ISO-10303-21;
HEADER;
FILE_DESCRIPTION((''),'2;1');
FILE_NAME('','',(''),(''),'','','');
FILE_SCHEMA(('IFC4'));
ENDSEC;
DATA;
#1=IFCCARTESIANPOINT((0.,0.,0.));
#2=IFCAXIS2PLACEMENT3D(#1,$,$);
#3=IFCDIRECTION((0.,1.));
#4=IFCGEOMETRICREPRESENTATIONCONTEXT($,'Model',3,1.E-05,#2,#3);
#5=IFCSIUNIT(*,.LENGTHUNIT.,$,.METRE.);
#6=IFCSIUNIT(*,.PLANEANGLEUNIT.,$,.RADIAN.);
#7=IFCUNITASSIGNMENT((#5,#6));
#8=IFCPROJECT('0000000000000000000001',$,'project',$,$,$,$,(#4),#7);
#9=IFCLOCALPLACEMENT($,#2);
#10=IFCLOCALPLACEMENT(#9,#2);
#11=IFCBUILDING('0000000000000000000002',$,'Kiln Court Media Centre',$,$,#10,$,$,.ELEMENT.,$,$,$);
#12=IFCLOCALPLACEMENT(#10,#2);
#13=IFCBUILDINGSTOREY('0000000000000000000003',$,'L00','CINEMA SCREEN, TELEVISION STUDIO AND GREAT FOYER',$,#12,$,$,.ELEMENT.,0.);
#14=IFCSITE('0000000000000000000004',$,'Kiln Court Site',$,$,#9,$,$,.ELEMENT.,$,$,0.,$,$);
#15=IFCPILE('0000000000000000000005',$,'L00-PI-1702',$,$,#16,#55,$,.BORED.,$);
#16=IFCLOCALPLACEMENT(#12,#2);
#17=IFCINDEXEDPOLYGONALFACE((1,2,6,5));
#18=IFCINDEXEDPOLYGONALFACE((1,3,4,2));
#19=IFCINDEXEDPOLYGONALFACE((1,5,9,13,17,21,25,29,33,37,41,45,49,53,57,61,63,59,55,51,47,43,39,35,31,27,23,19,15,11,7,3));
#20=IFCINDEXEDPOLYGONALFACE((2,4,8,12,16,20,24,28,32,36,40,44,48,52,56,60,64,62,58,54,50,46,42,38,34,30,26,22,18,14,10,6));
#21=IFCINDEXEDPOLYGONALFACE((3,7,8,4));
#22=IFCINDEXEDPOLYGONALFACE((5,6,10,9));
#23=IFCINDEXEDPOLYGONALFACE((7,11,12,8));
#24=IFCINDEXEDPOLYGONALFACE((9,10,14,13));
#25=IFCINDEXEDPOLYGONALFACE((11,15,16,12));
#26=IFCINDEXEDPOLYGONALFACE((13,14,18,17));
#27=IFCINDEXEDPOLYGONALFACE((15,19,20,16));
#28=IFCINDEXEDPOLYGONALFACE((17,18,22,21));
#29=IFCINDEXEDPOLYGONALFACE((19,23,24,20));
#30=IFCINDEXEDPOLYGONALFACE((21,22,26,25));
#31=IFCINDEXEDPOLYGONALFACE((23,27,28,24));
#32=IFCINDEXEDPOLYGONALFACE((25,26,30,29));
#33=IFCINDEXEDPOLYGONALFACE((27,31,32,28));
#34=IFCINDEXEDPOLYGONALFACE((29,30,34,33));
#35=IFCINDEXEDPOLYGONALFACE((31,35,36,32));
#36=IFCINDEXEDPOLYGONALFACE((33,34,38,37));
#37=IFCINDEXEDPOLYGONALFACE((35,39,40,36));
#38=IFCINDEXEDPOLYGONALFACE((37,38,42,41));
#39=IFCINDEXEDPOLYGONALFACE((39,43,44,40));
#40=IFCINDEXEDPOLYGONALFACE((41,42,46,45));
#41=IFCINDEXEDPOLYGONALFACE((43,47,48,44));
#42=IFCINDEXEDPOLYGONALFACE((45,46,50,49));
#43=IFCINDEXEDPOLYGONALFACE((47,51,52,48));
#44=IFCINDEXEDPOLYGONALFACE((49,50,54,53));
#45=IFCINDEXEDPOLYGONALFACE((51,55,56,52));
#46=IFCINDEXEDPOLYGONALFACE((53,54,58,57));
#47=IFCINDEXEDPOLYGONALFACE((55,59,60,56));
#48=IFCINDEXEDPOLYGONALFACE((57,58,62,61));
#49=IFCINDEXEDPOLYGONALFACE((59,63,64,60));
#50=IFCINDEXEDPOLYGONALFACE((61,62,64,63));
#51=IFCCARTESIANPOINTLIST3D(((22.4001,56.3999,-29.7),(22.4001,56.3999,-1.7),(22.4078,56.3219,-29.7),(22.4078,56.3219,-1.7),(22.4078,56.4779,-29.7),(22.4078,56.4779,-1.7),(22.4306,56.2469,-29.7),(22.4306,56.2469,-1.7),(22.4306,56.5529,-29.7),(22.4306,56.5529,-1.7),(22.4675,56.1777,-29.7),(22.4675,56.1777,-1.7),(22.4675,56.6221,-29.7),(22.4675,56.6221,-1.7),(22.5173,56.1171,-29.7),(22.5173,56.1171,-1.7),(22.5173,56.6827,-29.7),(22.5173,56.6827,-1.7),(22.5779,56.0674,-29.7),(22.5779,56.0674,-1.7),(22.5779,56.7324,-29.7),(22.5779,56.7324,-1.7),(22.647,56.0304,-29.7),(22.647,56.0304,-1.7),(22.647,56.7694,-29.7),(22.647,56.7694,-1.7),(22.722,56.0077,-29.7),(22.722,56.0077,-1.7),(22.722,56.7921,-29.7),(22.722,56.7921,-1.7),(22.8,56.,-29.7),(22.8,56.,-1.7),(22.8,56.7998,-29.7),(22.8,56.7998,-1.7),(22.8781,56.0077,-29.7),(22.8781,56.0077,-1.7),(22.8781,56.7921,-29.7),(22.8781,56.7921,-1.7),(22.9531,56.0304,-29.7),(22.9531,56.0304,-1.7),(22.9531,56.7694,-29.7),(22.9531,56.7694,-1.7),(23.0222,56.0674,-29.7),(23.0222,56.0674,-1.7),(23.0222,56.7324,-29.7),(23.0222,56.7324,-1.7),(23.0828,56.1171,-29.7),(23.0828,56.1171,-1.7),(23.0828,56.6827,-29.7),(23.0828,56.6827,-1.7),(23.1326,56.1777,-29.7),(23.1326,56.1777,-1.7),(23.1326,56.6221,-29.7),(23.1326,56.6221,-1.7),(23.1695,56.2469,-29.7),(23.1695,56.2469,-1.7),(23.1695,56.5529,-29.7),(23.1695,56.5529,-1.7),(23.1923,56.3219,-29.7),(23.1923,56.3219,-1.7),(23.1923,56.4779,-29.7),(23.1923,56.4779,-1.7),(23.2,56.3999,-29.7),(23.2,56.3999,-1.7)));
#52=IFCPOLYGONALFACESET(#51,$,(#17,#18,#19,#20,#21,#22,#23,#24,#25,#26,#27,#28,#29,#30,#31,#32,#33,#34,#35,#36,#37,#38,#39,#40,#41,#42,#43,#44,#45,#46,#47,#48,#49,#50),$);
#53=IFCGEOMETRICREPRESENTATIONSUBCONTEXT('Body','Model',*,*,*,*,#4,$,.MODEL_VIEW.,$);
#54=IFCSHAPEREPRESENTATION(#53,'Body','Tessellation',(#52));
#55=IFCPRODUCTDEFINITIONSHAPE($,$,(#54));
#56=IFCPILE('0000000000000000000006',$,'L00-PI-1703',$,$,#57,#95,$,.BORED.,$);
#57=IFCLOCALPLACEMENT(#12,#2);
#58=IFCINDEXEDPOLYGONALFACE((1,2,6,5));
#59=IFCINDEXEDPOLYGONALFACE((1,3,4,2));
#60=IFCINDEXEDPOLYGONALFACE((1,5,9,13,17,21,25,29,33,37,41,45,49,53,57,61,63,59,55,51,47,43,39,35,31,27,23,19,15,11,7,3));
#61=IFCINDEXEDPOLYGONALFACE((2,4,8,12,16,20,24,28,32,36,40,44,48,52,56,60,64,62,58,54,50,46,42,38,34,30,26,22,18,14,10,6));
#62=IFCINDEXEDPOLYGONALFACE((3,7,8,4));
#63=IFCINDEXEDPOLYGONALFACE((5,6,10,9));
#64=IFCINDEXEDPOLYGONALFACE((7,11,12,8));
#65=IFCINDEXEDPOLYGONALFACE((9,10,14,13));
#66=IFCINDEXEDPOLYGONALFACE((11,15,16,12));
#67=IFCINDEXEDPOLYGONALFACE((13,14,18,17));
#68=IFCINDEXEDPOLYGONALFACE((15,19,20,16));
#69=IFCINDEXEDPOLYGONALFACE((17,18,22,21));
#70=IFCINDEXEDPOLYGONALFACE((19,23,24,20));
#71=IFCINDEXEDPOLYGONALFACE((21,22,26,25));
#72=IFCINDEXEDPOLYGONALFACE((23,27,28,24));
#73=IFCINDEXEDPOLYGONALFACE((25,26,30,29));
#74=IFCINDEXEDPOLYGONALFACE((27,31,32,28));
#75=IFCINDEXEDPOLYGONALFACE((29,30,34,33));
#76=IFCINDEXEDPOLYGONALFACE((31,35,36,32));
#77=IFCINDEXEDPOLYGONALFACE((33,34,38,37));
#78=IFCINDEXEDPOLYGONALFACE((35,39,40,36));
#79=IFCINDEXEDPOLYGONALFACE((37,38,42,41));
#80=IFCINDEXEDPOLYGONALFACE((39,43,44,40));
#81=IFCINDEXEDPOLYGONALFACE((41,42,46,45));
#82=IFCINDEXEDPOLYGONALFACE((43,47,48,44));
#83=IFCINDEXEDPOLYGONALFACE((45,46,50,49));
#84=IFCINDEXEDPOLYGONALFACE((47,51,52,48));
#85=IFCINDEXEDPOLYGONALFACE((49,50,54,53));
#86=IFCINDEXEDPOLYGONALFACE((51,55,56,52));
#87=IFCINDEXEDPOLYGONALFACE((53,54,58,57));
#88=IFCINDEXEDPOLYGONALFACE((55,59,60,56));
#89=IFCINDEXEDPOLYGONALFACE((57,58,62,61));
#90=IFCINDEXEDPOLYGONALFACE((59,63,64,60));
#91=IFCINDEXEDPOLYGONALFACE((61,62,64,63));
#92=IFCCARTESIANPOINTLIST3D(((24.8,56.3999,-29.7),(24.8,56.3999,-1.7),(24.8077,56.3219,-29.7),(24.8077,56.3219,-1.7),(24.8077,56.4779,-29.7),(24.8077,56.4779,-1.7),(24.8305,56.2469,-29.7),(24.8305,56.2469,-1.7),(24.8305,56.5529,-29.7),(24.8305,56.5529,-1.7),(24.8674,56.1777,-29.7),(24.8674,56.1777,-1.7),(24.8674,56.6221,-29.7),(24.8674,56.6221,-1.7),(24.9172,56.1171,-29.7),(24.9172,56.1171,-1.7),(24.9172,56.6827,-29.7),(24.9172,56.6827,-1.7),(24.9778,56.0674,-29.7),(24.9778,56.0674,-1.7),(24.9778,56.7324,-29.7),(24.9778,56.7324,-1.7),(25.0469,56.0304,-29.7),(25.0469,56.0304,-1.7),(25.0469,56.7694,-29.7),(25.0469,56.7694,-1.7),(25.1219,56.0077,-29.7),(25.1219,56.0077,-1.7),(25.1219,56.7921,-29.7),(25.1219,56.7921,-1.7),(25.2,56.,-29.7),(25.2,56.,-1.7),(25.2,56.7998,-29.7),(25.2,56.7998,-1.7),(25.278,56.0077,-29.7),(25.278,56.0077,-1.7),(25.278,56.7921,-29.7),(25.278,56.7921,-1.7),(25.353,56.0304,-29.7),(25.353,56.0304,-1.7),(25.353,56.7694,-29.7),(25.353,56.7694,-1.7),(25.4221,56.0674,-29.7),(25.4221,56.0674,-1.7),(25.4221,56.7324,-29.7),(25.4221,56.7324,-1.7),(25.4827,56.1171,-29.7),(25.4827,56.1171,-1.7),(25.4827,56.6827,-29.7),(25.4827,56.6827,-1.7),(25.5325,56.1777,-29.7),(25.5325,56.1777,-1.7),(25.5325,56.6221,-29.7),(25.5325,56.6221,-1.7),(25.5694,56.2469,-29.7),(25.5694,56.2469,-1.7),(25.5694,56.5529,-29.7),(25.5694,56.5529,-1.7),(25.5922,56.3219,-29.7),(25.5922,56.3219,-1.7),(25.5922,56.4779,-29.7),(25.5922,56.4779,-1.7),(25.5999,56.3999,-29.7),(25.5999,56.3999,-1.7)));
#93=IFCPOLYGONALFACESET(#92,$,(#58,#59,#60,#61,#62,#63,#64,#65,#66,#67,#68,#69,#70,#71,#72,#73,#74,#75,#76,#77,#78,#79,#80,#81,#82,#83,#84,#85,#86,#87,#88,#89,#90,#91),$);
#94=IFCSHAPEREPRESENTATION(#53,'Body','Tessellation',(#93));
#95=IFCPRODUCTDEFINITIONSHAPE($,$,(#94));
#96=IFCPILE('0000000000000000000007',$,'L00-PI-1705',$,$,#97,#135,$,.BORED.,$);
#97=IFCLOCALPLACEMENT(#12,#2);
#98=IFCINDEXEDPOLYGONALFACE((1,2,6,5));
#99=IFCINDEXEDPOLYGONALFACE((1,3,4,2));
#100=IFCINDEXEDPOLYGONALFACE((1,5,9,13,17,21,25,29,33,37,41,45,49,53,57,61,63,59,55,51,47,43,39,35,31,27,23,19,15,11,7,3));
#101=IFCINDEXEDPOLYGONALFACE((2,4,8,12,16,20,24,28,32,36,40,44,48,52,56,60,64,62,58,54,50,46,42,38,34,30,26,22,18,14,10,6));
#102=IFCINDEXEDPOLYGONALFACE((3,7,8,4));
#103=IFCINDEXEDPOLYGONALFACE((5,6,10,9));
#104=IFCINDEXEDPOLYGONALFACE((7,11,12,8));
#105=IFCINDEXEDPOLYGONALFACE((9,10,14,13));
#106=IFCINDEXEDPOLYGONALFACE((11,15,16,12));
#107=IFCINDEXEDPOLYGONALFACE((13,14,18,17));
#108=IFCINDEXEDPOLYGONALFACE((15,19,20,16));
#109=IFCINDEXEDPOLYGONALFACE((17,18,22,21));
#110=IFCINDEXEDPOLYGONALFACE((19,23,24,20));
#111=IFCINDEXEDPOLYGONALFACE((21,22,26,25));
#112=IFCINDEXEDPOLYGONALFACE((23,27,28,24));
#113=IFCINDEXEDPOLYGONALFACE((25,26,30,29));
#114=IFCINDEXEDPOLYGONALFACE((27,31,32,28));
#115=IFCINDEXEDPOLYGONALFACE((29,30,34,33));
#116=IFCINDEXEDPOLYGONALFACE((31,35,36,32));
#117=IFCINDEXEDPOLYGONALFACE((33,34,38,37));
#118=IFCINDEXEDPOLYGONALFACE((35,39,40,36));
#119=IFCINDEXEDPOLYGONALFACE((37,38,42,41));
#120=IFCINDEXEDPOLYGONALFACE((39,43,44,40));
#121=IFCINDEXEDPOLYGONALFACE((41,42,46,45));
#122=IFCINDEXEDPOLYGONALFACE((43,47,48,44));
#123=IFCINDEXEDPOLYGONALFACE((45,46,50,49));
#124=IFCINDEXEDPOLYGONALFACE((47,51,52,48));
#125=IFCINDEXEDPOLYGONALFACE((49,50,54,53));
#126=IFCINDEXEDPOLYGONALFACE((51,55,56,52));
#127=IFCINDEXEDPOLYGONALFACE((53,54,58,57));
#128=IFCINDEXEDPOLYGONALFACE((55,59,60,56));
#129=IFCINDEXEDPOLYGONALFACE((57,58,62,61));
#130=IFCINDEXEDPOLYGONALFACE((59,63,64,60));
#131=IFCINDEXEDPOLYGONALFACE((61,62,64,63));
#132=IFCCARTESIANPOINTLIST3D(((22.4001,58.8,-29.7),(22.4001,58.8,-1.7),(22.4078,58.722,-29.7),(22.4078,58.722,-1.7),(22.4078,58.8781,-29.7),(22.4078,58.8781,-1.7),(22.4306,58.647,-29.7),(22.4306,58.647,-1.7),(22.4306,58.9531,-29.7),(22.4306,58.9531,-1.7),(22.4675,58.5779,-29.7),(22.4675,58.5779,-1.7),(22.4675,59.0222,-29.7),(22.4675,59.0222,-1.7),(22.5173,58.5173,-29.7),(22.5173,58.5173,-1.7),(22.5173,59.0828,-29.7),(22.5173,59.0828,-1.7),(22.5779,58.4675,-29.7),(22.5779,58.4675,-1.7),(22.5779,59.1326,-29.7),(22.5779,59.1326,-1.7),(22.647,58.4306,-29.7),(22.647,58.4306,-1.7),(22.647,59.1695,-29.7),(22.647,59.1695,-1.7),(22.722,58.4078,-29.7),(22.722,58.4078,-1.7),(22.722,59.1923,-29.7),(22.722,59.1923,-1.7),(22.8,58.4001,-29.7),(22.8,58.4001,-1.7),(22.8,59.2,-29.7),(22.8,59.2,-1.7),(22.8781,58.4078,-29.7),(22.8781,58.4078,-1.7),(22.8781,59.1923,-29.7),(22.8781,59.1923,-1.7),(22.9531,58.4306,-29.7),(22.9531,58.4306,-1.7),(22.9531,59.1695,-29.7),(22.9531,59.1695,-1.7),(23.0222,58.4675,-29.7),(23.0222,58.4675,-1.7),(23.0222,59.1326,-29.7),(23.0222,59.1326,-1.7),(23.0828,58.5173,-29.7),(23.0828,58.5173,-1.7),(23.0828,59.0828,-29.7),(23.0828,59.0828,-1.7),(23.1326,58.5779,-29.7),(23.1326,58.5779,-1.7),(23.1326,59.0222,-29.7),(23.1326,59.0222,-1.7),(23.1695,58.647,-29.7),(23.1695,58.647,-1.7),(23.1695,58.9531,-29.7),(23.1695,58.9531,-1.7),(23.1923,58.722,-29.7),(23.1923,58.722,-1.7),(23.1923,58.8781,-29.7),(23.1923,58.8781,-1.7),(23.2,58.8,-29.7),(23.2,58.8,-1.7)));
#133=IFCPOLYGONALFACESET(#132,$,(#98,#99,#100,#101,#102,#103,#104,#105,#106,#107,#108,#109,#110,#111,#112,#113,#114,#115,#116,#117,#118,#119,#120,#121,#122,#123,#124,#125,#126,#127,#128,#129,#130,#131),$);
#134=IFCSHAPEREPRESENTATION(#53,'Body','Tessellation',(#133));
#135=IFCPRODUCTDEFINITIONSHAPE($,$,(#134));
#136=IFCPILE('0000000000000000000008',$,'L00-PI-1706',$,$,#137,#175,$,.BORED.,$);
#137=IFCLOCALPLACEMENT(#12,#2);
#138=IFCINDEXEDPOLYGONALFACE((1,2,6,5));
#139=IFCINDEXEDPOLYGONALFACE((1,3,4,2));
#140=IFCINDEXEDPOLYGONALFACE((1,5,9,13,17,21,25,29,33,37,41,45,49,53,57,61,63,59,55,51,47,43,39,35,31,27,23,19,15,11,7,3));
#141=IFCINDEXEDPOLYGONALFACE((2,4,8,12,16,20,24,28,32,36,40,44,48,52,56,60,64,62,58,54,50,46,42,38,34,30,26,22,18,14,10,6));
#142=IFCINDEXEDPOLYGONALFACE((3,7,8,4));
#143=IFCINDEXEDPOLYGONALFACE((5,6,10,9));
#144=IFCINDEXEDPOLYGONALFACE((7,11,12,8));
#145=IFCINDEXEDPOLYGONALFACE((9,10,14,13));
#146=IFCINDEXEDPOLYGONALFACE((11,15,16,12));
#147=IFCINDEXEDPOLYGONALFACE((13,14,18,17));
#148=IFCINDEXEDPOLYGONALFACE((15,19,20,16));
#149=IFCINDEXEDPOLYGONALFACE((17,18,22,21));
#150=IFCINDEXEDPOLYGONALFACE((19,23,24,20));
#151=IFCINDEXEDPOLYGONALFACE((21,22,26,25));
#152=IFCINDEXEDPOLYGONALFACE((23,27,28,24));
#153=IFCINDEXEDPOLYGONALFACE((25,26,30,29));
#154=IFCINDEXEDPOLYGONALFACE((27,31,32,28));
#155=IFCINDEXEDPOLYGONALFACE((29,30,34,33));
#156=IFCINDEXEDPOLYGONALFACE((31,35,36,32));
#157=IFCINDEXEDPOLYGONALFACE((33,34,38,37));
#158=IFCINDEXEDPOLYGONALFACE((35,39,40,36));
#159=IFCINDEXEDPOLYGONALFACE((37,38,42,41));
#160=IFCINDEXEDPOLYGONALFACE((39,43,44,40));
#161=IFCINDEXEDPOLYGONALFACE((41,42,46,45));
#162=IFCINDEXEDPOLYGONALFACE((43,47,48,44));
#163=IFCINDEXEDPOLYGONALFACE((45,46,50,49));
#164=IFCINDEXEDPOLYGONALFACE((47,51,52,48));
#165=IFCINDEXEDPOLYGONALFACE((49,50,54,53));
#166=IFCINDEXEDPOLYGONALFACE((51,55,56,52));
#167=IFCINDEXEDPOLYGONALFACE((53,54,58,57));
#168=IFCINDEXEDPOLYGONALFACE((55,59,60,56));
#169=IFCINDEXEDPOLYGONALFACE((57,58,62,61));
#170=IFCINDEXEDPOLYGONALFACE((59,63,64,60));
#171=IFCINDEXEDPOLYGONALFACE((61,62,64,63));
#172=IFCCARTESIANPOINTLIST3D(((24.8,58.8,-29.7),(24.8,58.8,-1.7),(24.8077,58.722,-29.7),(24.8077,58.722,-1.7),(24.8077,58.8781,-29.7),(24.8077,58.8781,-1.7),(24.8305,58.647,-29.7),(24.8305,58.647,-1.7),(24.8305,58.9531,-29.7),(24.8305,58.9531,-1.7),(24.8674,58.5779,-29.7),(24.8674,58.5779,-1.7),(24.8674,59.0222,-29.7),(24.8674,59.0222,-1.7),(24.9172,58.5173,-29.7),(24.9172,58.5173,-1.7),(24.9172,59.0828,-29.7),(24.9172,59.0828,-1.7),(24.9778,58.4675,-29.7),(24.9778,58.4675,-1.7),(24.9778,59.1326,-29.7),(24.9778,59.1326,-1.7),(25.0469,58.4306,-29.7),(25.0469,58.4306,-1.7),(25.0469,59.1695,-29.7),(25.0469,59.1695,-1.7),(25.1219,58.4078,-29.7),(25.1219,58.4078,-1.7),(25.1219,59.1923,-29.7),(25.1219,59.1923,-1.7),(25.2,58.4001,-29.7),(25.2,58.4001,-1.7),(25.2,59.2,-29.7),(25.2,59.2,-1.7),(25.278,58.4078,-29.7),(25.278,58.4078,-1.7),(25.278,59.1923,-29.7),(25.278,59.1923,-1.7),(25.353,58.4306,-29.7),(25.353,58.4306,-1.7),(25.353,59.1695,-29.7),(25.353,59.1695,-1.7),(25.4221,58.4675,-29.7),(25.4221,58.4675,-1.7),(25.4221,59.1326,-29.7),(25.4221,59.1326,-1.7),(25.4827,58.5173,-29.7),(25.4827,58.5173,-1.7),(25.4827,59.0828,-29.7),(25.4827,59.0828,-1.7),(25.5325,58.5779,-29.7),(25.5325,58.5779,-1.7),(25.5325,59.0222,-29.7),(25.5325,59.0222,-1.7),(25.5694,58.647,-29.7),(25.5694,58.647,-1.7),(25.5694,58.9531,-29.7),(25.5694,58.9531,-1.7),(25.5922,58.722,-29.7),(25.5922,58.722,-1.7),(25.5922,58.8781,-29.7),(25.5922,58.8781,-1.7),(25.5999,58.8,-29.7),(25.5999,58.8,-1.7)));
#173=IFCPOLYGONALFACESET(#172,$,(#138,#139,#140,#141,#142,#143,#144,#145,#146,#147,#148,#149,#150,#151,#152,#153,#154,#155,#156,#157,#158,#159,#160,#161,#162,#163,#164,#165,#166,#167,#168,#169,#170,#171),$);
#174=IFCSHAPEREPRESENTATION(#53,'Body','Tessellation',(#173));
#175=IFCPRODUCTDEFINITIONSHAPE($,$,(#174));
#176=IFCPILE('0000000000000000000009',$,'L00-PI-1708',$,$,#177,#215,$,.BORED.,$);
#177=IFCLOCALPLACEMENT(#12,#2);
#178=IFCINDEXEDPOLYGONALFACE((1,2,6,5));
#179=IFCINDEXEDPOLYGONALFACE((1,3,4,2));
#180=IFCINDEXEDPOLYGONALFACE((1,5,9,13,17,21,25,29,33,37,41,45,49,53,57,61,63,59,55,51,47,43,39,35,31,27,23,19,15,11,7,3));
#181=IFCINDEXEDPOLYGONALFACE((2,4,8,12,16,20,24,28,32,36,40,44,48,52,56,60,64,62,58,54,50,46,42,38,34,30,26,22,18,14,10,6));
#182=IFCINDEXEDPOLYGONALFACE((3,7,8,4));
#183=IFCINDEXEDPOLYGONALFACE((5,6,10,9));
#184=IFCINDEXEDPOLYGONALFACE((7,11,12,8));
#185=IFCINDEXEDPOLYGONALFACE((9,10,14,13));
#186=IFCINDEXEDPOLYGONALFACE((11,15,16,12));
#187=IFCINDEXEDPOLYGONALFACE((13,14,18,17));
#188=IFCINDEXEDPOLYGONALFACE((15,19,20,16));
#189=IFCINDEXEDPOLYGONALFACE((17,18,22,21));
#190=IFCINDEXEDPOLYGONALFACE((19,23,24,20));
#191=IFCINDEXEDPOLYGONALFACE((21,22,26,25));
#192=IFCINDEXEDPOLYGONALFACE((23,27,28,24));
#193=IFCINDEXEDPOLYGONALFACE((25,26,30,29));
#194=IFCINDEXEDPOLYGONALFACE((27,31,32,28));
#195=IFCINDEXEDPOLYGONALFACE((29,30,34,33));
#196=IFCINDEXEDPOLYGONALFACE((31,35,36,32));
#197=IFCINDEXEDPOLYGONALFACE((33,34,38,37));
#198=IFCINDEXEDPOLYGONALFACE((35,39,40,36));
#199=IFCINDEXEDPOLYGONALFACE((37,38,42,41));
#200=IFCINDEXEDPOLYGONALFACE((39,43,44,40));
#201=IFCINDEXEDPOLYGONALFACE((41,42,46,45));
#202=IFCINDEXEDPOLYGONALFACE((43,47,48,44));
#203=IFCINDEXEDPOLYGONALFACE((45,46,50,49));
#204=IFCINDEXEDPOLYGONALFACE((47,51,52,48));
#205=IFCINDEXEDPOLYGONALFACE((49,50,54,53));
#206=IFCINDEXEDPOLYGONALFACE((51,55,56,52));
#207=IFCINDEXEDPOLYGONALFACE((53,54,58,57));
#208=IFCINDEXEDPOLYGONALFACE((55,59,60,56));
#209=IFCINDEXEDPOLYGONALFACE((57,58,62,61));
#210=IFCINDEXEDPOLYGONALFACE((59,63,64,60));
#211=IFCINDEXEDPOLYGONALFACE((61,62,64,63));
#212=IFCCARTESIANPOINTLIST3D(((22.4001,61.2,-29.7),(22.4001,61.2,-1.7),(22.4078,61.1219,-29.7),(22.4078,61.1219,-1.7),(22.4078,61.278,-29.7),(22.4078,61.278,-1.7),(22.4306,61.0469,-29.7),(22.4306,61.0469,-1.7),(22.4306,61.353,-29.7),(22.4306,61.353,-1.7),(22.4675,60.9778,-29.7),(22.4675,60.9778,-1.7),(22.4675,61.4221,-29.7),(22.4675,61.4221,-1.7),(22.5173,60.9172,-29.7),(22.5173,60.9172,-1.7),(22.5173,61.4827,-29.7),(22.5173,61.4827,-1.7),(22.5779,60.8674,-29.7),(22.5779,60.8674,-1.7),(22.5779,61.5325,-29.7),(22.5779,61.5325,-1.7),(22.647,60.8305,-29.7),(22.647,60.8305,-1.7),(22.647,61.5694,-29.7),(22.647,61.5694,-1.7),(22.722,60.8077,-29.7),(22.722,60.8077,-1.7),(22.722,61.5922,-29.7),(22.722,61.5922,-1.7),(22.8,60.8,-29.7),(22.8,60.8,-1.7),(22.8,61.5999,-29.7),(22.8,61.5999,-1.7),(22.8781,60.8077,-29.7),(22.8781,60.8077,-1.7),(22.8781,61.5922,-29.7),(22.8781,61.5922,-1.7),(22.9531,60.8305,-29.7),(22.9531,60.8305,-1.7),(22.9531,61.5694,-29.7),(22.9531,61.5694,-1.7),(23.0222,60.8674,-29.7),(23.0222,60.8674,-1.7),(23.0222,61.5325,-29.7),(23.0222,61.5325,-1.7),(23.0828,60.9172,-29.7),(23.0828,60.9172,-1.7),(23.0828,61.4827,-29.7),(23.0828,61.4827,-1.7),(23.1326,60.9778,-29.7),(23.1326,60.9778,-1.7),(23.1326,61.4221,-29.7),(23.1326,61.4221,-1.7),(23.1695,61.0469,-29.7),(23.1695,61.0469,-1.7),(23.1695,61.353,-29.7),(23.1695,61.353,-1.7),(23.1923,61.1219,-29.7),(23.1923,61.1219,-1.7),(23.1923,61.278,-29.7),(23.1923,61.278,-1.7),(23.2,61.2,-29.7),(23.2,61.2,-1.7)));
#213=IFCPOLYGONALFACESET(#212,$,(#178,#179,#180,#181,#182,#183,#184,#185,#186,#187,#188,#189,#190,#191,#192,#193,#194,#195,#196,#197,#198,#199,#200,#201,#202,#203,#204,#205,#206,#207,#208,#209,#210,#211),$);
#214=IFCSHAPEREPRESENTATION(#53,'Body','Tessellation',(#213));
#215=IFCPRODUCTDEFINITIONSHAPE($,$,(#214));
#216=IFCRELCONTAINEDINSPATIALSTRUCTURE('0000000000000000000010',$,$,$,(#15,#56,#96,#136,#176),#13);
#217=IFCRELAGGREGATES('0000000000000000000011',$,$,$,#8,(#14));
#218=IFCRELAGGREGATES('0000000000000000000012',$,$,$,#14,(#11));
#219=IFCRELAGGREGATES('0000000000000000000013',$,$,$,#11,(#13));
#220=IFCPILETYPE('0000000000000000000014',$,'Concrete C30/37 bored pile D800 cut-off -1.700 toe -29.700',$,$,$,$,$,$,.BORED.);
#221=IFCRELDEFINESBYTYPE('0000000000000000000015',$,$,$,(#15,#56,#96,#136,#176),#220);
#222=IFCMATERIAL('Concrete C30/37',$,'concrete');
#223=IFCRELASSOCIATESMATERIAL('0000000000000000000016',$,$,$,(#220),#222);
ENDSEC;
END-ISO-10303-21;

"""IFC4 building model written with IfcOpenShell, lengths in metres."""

from ifc_helpers import new_model, si_unit, direction, frame, origin, origin_2d, place, context, subcontext, project, spatial, circle, extrude, material, material_profile, profile_set, type_object, element, save


model = new_model("IFC4")

# Units and contexts
model_context = context("Model", 3, precision=1e-05, world=origin(), true_north=direction((0.0, 1.0)))
body_context = subcontext(model_context, "Body", "Model", "MODEL_VIEW")
ifc_project = project(units=[si_unit("LENGTHUNIT", "METRE"), si_unit("PLANEANGLEUNIT", "RADIAN")], contexts=[model_context])

# Site, building, storey
site_placement = place(None, origin())
site = spatial("IfcSite", under=ifc_project, at=site_placement, Name="Kiln Court Site", CompositionType="ELEMENT", RefElevation=0.0)
building_placement = place(site_placement, origin())
building = spatial("IfcBuilding", under=site, at=building_placement, Name="Kiln Court Media Centre", CompositionType="ELEMENT")
storey_placement = place(building_placement, origin())
storey = spatial("IfcBuildingStorey", under=building, at=storey_placement, Name="L00", Description="CINEMA SCREEN, TELEVISION STUDIO AND GREAT FOYER", CompositionType="ELEMENT", Elevation=0.0)

# Piles
ifc_material_1 = material(Name="Concrete C30/37", Category="concrete")
ifc_material_profile = material_profile(ifc_material_1, circle(Radius=0.3999, at=origin_2d()), Name="PILE D800")
ifc_profile_set = profile_set([ifc_material_profile], Name="Concrete C30/37")
pile_type = type_object("IfcPileType", Name="Concrete C30/37 bored pile D800 cut-off -1.700 toe -29.700", PredefinedType="BORED", material=ifc_profile_set)
for number, where, z_axis, x_axis, name in (
    (1, (22.8, 56.3999, -1.7), (0.0, 0.0, -1.0), (1.0, 0.0, 0.0), "L00-PI-1702"),
    (2, (25.2, 56.3999, -1.7), (0.0, 0.0, -1.0), (1.0, 0.0, 0.0), "L00-PI-1703"),
    (3, (22.8, 58.8, -1.7), (0.0, 0.0, -1.0), (1.0, 0.0, 0.0), "L00-PI-1705"),
    (4, (25.2, 58.8, -1.7), (0.0, 0.0, -1.0), (1.0, 0.0, 0.0), "L00-PI-1706"),
    (5, (22.8, 61.2, -1.7), (0.0, 0.0, -1.0), (1.0, 0.0, 0.0), "L00-PI-1708"),
):
    element("IfcPile", number, at=place(storey_placement, frame(where, z_axis=z_axis, x_axis=x_axis)), inside=storey, type_object=pile_type, Name=name, PredefinedType="BORED", context=body_context, shape_type="SweptSolid", body=[
        extrude(circle(Radius=0.3999, at=origin_2d()), origin(), (0.0, 0.0, 1.0), 28.0),
    ])

save(model, "model.ifc")
